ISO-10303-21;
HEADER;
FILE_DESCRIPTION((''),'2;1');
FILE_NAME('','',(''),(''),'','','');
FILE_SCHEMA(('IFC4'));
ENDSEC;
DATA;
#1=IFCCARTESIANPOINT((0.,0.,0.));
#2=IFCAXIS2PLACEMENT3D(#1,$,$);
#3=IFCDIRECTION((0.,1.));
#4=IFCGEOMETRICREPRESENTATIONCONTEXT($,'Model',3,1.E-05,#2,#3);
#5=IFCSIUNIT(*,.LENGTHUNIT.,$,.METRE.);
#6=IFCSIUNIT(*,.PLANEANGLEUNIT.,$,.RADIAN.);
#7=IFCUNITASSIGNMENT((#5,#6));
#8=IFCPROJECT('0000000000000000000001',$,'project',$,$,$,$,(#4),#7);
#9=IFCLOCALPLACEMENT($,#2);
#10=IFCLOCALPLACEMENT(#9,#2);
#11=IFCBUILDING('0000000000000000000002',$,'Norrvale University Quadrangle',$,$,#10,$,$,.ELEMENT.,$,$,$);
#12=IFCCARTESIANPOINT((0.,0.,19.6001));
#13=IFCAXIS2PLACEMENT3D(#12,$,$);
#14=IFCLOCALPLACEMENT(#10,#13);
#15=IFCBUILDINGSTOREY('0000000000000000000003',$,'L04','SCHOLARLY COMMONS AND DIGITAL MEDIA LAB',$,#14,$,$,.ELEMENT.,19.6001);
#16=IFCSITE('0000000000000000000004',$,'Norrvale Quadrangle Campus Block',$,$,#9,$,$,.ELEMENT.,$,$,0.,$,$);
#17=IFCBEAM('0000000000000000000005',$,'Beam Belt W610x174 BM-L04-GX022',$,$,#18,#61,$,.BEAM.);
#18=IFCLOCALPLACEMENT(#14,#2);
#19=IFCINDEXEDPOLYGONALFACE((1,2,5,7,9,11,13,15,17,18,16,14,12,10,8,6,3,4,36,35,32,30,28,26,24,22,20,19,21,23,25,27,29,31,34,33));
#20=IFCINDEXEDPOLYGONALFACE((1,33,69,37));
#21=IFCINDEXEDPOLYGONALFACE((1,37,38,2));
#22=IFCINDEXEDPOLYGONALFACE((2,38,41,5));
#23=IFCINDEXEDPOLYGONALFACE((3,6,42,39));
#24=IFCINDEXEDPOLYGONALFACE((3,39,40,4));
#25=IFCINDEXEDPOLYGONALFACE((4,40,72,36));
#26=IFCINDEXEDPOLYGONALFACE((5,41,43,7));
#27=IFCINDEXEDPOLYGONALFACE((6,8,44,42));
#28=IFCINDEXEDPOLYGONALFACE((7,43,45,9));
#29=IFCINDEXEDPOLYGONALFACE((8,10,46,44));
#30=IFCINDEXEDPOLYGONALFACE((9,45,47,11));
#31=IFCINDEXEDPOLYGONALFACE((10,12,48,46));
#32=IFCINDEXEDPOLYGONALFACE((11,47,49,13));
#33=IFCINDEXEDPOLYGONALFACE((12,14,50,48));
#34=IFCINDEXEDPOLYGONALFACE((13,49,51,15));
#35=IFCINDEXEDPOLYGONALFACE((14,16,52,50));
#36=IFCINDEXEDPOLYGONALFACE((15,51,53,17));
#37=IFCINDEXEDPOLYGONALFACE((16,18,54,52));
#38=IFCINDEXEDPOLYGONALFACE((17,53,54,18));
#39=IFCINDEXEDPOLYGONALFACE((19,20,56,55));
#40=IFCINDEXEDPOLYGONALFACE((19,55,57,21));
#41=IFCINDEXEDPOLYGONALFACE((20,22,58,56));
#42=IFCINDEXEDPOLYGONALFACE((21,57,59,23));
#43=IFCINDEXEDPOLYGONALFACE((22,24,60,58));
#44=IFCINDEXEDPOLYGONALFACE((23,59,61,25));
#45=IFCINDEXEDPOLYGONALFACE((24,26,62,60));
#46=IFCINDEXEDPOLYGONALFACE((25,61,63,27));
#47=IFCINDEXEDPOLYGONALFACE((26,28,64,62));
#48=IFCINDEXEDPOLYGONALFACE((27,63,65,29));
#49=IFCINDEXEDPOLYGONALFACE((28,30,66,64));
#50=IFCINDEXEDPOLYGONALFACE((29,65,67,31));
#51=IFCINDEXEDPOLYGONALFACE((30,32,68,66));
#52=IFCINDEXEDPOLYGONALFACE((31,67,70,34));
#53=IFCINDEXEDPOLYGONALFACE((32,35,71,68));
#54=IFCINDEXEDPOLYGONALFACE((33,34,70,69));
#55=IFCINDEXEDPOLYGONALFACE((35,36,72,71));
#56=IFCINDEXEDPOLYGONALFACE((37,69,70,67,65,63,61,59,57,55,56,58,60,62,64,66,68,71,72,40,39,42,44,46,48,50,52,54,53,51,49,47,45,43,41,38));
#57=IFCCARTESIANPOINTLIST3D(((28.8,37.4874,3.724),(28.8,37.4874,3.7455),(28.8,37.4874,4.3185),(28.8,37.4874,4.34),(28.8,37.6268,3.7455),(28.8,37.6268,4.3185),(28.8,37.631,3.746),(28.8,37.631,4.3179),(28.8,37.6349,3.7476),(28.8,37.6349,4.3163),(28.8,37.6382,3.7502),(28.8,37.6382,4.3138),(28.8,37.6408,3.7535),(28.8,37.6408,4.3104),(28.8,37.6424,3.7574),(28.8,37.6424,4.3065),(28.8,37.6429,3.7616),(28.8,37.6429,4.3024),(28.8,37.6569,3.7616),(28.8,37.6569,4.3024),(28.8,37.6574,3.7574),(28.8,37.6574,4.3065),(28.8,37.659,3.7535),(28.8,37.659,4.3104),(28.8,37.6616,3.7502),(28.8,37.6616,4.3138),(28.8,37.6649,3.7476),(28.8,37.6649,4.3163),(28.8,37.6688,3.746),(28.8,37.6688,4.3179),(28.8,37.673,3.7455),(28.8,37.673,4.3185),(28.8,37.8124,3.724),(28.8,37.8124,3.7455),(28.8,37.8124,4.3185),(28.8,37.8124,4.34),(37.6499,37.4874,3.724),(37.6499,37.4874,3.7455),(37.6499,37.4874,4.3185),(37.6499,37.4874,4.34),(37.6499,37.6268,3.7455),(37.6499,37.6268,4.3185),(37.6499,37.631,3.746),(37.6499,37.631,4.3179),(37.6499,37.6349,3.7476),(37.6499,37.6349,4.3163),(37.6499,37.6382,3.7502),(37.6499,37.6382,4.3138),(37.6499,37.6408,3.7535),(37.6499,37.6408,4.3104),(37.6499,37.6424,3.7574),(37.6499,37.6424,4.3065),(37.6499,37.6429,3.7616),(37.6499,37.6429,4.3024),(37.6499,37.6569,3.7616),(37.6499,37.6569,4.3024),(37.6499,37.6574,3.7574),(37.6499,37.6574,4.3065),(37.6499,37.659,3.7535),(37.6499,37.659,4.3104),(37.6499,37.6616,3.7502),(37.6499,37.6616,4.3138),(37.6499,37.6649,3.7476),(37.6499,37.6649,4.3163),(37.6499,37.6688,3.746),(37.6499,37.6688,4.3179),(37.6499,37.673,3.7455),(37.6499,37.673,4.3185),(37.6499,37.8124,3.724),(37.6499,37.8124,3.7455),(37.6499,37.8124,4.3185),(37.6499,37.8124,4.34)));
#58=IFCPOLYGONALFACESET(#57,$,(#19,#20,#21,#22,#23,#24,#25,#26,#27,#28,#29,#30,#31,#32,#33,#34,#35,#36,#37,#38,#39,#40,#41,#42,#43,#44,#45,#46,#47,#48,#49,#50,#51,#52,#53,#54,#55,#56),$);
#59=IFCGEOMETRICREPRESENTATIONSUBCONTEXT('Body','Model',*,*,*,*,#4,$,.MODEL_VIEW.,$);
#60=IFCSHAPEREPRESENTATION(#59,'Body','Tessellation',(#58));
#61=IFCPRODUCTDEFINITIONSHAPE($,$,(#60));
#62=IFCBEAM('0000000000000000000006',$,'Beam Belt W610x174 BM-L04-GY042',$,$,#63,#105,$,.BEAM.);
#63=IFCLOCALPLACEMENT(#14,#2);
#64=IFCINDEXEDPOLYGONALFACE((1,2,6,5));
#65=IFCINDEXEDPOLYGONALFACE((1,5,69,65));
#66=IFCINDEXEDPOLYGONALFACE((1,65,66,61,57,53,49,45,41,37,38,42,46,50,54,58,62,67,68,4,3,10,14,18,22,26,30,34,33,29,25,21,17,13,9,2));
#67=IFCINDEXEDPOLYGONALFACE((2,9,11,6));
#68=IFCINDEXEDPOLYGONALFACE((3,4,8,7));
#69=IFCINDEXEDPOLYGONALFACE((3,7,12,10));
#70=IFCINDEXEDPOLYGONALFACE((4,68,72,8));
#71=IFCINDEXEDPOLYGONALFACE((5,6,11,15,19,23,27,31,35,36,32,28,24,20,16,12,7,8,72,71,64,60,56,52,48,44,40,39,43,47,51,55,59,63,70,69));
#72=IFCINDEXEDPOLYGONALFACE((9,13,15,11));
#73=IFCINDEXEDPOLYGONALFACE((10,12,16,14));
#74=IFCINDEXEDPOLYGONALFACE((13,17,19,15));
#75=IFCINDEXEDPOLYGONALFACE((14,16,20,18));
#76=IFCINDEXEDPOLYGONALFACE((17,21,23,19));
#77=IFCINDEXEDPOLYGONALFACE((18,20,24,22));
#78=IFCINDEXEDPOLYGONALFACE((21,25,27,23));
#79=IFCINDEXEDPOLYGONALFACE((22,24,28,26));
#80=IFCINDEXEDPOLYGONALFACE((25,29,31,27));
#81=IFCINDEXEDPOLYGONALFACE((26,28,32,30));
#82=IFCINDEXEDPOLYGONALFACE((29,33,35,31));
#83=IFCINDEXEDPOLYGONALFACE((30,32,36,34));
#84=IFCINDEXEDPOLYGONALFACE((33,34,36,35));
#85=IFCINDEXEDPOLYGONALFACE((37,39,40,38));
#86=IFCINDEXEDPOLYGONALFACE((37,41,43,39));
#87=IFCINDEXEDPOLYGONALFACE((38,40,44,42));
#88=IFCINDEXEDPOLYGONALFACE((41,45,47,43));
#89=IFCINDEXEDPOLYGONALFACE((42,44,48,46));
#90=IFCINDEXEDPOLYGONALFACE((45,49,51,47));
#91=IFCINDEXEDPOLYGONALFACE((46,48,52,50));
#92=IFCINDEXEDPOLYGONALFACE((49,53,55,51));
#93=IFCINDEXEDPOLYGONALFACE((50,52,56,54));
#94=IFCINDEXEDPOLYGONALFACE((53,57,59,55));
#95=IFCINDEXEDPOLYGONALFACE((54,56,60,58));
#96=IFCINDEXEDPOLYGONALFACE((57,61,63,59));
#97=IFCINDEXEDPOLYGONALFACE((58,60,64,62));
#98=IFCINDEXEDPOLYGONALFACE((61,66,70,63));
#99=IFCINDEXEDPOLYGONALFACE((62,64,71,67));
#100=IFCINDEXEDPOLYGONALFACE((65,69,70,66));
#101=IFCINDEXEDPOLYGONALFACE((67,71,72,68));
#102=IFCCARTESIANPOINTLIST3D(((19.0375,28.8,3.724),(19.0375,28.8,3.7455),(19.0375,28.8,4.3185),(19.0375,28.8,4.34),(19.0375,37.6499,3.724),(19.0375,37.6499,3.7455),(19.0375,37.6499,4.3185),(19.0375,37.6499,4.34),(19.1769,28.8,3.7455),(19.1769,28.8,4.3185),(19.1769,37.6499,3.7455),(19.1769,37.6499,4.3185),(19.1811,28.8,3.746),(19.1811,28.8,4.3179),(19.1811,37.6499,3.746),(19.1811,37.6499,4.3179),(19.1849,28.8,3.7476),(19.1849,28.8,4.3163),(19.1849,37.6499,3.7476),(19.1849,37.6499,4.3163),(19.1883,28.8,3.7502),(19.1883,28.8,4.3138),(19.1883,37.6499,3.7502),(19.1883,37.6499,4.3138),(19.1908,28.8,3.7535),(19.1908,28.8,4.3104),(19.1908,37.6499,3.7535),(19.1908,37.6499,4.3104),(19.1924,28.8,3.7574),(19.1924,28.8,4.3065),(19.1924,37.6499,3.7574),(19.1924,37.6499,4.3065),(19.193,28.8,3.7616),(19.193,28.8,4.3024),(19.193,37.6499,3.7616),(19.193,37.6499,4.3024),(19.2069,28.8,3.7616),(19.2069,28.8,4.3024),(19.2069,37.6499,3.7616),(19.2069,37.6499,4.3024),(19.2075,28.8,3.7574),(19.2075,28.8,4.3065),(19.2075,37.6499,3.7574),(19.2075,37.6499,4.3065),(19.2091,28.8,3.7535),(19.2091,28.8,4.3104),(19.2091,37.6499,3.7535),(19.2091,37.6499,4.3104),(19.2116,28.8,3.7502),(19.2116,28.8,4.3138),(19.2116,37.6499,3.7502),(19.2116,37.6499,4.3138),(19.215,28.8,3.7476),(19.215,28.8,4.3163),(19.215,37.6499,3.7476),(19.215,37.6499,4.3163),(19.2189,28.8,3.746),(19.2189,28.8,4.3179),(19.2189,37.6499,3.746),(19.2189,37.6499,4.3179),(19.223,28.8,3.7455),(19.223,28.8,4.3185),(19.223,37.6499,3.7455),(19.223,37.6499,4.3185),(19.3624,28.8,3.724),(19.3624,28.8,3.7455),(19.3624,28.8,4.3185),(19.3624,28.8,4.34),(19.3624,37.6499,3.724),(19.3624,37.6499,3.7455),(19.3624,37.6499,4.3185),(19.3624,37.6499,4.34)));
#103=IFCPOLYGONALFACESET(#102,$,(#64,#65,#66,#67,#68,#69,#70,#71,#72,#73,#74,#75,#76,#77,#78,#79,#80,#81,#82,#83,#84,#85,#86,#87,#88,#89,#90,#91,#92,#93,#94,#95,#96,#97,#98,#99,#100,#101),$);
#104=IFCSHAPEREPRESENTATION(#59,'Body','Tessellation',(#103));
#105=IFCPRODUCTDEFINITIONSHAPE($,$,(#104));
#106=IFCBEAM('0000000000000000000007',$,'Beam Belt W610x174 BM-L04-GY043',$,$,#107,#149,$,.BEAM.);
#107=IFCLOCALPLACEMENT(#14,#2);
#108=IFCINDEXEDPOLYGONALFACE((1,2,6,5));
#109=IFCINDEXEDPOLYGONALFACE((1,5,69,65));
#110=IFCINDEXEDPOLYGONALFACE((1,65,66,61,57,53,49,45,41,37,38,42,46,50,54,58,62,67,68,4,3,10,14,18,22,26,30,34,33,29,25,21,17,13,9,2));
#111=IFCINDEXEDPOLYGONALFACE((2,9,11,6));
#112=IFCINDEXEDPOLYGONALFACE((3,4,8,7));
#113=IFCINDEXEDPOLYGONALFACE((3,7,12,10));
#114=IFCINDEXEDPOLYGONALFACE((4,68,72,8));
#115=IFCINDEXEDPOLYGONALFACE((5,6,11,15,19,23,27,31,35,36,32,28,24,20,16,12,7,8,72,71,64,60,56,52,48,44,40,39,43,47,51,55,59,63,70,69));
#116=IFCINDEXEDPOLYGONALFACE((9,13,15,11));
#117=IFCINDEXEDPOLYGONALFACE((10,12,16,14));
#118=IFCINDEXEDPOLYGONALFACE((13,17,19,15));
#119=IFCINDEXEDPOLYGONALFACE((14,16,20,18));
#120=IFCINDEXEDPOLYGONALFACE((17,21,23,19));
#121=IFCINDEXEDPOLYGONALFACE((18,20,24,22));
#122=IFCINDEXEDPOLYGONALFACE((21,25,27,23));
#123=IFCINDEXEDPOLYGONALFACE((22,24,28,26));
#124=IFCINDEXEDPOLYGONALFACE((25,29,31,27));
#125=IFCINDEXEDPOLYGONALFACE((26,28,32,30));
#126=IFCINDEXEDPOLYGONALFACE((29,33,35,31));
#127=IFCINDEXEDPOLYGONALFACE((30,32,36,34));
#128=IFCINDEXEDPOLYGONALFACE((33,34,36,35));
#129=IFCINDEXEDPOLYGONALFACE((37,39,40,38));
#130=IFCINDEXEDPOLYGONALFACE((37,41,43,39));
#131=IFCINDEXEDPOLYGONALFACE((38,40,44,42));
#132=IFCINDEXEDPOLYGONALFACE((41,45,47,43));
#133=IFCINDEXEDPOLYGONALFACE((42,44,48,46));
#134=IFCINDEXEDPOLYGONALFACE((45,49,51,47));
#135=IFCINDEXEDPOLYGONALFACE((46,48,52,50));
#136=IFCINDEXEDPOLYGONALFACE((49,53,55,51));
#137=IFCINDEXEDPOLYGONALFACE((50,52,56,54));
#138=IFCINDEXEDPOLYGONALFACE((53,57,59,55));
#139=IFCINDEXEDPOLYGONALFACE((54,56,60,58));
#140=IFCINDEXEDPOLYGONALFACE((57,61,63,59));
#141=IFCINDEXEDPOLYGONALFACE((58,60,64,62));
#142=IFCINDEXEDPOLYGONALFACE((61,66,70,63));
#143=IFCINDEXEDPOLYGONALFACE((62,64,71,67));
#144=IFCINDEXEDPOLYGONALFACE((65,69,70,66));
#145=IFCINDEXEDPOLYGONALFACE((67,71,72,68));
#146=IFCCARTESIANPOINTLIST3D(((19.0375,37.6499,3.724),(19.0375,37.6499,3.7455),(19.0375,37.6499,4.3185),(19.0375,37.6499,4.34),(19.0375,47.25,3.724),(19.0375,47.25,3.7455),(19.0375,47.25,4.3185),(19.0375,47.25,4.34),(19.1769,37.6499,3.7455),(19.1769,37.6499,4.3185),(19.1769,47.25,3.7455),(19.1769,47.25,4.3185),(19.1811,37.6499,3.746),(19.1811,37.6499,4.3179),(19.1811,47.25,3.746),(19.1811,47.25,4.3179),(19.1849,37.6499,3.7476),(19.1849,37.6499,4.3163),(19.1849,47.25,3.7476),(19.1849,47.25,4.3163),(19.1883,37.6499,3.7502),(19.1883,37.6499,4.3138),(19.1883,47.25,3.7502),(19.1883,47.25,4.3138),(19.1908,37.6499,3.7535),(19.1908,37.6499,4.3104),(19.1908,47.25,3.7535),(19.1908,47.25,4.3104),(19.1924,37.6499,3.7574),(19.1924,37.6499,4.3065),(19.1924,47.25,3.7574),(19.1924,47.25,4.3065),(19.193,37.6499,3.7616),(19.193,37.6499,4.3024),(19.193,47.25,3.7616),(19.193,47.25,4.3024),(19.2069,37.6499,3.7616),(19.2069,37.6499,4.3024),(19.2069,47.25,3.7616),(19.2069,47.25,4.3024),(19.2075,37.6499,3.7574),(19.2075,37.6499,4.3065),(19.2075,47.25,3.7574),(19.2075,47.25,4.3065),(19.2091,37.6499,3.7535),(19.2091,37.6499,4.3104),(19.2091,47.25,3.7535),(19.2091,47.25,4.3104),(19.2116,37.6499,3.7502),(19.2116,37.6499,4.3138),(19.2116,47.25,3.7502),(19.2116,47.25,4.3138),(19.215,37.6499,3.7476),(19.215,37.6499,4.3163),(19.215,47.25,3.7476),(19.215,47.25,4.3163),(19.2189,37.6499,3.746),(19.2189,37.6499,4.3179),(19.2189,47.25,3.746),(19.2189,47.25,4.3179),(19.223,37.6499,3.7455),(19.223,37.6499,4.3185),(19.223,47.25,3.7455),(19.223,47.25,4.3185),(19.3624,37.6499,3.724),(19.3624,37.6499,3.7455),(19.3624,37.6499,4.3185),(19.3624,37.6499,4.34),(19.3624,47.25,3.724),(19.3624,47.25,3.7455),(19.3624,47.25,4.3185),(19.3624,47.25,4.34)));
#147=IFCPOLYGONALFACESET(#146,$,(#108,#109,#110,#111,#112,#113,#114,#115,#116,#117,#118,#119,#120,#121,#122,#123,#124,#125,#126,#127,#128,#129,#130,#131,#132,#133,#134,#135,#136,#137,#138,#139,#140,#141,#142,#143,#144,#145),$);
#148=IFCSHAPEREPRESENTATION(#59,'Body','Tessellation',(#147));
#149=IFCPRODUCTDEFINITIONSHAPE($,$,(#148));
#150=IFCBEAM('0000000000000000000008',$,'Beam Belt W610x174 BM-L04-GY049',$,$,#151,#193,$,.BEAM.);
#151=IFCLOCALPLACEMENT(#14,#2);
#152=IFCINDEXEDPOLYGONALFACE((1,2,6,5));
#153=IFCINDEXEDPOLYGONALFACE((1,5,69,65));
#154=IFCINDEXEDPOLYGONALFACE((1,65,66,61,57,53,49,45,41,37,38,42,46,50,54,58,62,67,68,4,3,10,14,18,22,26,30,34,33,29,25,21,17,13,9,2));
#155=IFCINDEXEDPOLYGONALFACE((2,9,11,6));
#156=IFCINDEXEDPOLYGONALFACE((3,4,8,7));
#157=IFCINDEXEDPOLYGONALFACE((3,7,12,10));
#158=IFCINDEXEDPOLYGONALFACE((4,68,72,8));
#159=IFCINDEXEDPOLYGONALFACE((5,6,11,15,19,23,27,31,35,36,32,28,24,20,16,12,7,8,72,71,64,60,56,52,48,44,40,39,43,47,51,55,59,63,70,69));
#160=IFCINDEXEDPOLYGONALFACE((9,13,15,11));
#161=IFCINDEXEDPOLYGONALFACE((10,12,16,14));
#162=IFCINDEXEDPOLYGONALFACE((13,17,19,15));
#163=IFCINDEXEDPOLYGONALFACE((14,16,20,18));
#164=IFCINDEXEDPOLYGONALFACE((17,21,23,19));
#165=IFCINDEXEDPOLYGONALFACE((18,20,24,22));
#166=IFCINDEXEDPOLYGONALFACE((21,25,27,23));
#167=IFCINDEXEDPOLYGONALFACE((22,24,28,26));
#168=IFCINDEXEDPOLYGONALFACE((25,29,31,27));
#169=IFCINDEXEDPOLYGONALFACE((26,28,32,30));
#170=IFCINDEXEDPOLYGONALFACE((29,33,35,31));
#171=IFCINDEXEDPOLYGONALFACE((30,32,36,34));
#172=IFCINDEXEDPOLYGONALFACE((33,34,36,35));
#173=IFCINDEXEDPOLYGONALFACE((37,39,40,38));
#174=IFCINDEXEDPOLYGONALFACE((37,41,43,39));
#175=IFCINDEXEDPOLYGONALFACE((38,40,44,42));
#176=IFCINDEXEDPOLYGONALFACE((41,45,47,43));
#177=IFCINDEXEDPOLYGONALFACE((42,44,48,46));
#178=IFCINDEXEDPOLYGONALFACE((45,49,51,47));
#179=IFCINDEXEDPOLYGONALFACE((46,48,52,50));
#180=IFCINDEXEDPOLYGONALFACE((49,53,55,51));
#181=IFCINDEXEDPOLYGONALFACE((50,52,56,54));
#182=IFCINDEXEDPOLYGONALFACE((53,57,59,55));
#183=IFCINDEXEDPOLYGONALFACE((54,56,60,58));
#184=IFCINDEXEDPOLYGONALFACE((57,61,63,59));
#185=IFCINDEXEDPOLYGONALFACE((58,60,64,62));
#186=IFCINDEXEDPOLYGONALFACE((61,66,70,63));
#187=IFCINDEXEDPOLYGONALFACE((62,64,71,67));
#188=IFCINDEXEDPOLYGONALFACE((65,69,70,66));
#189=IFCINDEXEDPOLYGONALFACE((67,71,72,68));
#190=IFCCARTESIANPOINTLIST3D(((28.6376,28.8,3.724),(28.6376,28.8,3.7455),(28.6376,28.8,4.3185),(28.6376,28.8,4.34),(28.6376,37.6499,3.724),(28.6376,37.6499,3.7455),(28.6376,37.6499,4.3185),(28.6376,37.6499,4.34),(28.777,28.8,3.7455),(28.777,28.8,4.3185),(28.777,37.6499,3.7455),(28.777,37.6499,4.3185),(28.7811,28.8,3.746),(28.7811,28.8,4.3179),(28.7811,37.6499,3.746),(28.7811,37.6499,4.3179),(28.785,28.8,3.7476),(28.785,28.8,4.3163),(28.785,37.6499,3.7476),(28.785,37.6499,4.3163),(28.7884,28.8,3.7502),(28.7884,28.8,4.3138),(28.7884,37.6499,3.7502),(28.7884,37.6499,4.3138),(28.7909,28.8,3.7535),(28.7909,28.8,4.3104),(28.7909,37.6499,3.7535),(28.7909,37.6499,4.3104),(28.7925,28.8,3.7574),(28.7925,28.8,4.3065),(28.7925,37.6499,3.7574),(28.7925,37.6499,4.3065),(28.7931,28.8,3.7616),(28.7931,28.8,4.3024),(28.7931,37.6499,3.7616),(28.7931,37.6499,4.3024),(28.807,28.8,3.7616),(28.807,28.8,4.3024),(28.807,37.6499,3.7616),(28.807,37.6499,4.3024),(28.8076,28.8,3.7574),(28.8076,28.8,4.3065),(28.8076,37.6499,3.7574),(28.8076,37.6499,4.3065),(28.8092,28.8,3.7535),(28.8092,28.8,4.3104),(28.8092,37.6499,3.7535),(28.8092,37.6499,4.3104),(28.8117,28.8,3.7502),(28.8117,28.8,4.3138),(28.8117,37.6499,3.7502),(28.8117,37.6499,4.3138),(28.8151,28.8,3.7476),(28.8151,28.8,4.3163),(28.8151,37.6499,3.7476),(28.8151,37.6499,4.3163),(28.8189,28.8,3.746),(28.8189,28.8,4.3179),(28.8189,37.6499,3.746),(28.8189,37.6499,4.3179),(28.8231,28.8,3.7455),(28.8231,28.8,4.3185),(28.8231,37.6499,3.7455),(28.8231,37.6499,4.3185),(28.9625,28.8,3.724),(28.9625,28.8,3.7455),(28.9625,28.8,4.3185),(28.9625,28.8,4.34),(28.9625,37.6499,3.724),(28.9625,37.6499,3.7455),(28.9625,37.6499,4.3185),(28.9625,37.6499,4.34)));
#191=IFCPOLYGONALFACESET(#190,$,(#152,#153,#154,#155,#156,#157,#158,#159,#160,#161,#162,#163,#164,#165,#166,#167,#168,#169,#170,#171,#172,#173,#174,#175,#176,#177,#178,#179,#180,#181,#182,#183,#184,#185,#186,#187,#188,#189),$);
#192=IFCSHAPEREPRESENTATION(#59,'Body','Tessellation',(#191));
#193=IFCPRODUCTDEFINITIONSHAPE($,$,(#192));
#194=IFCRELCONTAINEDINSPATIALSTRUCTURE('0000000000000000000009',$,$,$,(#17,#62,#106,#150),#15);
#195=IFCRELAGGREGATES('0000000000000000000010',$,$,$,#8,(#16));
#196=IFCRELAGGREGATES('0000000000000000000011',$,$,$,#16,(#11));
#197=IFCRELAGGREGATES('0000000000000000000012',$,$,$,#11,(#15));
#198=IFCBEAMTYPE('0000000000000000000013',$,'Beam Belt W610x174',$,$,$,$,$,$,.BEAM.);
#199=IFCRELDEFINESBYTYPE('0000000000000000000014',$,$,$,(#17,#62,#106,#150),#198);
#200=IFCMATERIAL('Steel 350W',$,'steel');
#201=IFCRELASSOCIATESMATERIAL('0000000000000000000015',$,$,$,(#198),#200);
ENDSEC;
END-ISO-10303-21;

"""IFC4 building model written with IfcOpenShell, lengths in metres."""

from ifc_helpers import new_model, si_unit, direction, frame, origin, origin_2d, place, context, subcontext, project, spatial, i_section, extrude, material, material_profile, profile_set, type_object, element, save


model = new_model("IFC4")

# Units and contexts
model_context = context("Model", 3, precision=1e-05, world=origin(), true_north=direction((0.0, 1.0)))
body_context = subcontext(model_context, "Body", "Model", "MODEL_VIEW")
ifc_project = project(units=[si_unit("LENGTHUNIT", "METRE"), si_unit("PLANEANGLEUNIT", "RADIAN")], contexts=[model_context])

# Site, building, storey
site_placement = place(None, origin())
site = spatial("IfcSite", under=ifc_project, at=site_placement, Name="Norrvale Quadrangle Campus Block", CompositionType="ELEMENT", RefElevation=0.0)
building_placement = place(site_placement, origin())
building = spatial("IfcBuilding", under=site, at=building_placement, Name="Norrvale University Quadrangle", CompositionType="ELEMENT")
storey_placement = place(building_placement, frame((0.0, 0.0, 19.6001)))
storey = spatial("IfcBuildingStorey", under=building, at=storey_placement, Name="L04", Description="SCHOLARLY COMMONS AND DIGITAL MEDIA LAB", CompositionType="ELEMENT", Elevation=19.6001)

# Beams
ifc_material_1 = material(Name="Steel 350W", Category="steel")
ifc_material_profile_1 = material_profile(ifc_material_1, i_section(OverallWidth=0.325, OverallDepth=0.616, WebThickness=0.0139, FlangeThickness=0.0215, FilletRadius=0.0161, at=origin_2d()), Name="Steel 350W")
ifc_profile_set_1 = profile_set([ifc_material_profile_1], Name="Steel 350W")
beam_type_1 = type_object("IfcBeamType", Name="Beam Belt W610x174", PredefinedType="BEAM", material=ifc_profile_set_1)
for number, where, z_axis, x_axis, name in (
    (1, (28.8, 37.6499, 4.032), (1.0, 0.0, 0.0), (0.0, 1.0, 0.0), "Beam Belt W610x174 BM-L04-GX022"),
    (2, (19.2, 28.8, 4.032), (0.0, 1.0, 0.0), (-1.0, 0.0, 0.0), "Beam Belt W610x174 BM-L04-GY042"),
):
    element("IfcBeam", number, at=place(storey_placement, frame(where, z_axis=z_axis, x_axis=x_axis)), inside=storey, type_object=beam_type_1, Name=name, PredefinedType="BEAM", context=body_context, shape_type="SweptSolid", body=[
        extrude(i_section(OverallWidth=0.325, OverallDepth=0.616, WebThickness=0.0139, FlangeThickness=0.0215, FilletRadius=0.0161, at=origin_2d()), origin(), (0.0, 0.0, 1.0), 8.8499),
    ])
beam_1_placement = place(storey_placement, frame((19.2, 37.6499, 4.032), z_axis=(0.0, 1.0, 0.0), x_axis=(-1.0, 0.0, 0.0)))
element("IfcBeam", 3, at=beam_1_placement, inside=storey, type_object=beam_type_1, Name="Beam Belt W610x174 BM-L04-GY043", PredefinedType="BEAM", context=body_context, shape_type="SweptSolid", body=[
    extrude(i_section(OverallWidth=0.325, OverallDepth=0.616, WebThickness=0.0139, FlangeThickness=0.0215, FilletRadius=0.0161, at=origin_2d()), origin(), (0.0, 0.0, 1.0), 9.6001),
])
beam_2_placement = place(storey_placement, frame((28.8, 28.8, 4.032), z_axis=(0.0, 1.0, 0.0), x_axis=(-1.0, 0.0, 0.0)))
element("IfcBeam", 4, at=beam_2_placement, inside=storey, type_object=beam_type_1, Name="Beam Belt W610x174 BM-L04-GY049", PredefinedType="BEAM", context=body_context, shape_type="SweptSolid", body=[
    extrude(i_section(OverallWidth=0.325, OverallDepth=0.616, WebThickness=0.0139, FlangeThickness=0.0215, FilletRadius=0.0161, at=origin_2d()), origin(), (0.0, 0.0, 1.0), 8.8499),
])

save(model, "model.ifc")
